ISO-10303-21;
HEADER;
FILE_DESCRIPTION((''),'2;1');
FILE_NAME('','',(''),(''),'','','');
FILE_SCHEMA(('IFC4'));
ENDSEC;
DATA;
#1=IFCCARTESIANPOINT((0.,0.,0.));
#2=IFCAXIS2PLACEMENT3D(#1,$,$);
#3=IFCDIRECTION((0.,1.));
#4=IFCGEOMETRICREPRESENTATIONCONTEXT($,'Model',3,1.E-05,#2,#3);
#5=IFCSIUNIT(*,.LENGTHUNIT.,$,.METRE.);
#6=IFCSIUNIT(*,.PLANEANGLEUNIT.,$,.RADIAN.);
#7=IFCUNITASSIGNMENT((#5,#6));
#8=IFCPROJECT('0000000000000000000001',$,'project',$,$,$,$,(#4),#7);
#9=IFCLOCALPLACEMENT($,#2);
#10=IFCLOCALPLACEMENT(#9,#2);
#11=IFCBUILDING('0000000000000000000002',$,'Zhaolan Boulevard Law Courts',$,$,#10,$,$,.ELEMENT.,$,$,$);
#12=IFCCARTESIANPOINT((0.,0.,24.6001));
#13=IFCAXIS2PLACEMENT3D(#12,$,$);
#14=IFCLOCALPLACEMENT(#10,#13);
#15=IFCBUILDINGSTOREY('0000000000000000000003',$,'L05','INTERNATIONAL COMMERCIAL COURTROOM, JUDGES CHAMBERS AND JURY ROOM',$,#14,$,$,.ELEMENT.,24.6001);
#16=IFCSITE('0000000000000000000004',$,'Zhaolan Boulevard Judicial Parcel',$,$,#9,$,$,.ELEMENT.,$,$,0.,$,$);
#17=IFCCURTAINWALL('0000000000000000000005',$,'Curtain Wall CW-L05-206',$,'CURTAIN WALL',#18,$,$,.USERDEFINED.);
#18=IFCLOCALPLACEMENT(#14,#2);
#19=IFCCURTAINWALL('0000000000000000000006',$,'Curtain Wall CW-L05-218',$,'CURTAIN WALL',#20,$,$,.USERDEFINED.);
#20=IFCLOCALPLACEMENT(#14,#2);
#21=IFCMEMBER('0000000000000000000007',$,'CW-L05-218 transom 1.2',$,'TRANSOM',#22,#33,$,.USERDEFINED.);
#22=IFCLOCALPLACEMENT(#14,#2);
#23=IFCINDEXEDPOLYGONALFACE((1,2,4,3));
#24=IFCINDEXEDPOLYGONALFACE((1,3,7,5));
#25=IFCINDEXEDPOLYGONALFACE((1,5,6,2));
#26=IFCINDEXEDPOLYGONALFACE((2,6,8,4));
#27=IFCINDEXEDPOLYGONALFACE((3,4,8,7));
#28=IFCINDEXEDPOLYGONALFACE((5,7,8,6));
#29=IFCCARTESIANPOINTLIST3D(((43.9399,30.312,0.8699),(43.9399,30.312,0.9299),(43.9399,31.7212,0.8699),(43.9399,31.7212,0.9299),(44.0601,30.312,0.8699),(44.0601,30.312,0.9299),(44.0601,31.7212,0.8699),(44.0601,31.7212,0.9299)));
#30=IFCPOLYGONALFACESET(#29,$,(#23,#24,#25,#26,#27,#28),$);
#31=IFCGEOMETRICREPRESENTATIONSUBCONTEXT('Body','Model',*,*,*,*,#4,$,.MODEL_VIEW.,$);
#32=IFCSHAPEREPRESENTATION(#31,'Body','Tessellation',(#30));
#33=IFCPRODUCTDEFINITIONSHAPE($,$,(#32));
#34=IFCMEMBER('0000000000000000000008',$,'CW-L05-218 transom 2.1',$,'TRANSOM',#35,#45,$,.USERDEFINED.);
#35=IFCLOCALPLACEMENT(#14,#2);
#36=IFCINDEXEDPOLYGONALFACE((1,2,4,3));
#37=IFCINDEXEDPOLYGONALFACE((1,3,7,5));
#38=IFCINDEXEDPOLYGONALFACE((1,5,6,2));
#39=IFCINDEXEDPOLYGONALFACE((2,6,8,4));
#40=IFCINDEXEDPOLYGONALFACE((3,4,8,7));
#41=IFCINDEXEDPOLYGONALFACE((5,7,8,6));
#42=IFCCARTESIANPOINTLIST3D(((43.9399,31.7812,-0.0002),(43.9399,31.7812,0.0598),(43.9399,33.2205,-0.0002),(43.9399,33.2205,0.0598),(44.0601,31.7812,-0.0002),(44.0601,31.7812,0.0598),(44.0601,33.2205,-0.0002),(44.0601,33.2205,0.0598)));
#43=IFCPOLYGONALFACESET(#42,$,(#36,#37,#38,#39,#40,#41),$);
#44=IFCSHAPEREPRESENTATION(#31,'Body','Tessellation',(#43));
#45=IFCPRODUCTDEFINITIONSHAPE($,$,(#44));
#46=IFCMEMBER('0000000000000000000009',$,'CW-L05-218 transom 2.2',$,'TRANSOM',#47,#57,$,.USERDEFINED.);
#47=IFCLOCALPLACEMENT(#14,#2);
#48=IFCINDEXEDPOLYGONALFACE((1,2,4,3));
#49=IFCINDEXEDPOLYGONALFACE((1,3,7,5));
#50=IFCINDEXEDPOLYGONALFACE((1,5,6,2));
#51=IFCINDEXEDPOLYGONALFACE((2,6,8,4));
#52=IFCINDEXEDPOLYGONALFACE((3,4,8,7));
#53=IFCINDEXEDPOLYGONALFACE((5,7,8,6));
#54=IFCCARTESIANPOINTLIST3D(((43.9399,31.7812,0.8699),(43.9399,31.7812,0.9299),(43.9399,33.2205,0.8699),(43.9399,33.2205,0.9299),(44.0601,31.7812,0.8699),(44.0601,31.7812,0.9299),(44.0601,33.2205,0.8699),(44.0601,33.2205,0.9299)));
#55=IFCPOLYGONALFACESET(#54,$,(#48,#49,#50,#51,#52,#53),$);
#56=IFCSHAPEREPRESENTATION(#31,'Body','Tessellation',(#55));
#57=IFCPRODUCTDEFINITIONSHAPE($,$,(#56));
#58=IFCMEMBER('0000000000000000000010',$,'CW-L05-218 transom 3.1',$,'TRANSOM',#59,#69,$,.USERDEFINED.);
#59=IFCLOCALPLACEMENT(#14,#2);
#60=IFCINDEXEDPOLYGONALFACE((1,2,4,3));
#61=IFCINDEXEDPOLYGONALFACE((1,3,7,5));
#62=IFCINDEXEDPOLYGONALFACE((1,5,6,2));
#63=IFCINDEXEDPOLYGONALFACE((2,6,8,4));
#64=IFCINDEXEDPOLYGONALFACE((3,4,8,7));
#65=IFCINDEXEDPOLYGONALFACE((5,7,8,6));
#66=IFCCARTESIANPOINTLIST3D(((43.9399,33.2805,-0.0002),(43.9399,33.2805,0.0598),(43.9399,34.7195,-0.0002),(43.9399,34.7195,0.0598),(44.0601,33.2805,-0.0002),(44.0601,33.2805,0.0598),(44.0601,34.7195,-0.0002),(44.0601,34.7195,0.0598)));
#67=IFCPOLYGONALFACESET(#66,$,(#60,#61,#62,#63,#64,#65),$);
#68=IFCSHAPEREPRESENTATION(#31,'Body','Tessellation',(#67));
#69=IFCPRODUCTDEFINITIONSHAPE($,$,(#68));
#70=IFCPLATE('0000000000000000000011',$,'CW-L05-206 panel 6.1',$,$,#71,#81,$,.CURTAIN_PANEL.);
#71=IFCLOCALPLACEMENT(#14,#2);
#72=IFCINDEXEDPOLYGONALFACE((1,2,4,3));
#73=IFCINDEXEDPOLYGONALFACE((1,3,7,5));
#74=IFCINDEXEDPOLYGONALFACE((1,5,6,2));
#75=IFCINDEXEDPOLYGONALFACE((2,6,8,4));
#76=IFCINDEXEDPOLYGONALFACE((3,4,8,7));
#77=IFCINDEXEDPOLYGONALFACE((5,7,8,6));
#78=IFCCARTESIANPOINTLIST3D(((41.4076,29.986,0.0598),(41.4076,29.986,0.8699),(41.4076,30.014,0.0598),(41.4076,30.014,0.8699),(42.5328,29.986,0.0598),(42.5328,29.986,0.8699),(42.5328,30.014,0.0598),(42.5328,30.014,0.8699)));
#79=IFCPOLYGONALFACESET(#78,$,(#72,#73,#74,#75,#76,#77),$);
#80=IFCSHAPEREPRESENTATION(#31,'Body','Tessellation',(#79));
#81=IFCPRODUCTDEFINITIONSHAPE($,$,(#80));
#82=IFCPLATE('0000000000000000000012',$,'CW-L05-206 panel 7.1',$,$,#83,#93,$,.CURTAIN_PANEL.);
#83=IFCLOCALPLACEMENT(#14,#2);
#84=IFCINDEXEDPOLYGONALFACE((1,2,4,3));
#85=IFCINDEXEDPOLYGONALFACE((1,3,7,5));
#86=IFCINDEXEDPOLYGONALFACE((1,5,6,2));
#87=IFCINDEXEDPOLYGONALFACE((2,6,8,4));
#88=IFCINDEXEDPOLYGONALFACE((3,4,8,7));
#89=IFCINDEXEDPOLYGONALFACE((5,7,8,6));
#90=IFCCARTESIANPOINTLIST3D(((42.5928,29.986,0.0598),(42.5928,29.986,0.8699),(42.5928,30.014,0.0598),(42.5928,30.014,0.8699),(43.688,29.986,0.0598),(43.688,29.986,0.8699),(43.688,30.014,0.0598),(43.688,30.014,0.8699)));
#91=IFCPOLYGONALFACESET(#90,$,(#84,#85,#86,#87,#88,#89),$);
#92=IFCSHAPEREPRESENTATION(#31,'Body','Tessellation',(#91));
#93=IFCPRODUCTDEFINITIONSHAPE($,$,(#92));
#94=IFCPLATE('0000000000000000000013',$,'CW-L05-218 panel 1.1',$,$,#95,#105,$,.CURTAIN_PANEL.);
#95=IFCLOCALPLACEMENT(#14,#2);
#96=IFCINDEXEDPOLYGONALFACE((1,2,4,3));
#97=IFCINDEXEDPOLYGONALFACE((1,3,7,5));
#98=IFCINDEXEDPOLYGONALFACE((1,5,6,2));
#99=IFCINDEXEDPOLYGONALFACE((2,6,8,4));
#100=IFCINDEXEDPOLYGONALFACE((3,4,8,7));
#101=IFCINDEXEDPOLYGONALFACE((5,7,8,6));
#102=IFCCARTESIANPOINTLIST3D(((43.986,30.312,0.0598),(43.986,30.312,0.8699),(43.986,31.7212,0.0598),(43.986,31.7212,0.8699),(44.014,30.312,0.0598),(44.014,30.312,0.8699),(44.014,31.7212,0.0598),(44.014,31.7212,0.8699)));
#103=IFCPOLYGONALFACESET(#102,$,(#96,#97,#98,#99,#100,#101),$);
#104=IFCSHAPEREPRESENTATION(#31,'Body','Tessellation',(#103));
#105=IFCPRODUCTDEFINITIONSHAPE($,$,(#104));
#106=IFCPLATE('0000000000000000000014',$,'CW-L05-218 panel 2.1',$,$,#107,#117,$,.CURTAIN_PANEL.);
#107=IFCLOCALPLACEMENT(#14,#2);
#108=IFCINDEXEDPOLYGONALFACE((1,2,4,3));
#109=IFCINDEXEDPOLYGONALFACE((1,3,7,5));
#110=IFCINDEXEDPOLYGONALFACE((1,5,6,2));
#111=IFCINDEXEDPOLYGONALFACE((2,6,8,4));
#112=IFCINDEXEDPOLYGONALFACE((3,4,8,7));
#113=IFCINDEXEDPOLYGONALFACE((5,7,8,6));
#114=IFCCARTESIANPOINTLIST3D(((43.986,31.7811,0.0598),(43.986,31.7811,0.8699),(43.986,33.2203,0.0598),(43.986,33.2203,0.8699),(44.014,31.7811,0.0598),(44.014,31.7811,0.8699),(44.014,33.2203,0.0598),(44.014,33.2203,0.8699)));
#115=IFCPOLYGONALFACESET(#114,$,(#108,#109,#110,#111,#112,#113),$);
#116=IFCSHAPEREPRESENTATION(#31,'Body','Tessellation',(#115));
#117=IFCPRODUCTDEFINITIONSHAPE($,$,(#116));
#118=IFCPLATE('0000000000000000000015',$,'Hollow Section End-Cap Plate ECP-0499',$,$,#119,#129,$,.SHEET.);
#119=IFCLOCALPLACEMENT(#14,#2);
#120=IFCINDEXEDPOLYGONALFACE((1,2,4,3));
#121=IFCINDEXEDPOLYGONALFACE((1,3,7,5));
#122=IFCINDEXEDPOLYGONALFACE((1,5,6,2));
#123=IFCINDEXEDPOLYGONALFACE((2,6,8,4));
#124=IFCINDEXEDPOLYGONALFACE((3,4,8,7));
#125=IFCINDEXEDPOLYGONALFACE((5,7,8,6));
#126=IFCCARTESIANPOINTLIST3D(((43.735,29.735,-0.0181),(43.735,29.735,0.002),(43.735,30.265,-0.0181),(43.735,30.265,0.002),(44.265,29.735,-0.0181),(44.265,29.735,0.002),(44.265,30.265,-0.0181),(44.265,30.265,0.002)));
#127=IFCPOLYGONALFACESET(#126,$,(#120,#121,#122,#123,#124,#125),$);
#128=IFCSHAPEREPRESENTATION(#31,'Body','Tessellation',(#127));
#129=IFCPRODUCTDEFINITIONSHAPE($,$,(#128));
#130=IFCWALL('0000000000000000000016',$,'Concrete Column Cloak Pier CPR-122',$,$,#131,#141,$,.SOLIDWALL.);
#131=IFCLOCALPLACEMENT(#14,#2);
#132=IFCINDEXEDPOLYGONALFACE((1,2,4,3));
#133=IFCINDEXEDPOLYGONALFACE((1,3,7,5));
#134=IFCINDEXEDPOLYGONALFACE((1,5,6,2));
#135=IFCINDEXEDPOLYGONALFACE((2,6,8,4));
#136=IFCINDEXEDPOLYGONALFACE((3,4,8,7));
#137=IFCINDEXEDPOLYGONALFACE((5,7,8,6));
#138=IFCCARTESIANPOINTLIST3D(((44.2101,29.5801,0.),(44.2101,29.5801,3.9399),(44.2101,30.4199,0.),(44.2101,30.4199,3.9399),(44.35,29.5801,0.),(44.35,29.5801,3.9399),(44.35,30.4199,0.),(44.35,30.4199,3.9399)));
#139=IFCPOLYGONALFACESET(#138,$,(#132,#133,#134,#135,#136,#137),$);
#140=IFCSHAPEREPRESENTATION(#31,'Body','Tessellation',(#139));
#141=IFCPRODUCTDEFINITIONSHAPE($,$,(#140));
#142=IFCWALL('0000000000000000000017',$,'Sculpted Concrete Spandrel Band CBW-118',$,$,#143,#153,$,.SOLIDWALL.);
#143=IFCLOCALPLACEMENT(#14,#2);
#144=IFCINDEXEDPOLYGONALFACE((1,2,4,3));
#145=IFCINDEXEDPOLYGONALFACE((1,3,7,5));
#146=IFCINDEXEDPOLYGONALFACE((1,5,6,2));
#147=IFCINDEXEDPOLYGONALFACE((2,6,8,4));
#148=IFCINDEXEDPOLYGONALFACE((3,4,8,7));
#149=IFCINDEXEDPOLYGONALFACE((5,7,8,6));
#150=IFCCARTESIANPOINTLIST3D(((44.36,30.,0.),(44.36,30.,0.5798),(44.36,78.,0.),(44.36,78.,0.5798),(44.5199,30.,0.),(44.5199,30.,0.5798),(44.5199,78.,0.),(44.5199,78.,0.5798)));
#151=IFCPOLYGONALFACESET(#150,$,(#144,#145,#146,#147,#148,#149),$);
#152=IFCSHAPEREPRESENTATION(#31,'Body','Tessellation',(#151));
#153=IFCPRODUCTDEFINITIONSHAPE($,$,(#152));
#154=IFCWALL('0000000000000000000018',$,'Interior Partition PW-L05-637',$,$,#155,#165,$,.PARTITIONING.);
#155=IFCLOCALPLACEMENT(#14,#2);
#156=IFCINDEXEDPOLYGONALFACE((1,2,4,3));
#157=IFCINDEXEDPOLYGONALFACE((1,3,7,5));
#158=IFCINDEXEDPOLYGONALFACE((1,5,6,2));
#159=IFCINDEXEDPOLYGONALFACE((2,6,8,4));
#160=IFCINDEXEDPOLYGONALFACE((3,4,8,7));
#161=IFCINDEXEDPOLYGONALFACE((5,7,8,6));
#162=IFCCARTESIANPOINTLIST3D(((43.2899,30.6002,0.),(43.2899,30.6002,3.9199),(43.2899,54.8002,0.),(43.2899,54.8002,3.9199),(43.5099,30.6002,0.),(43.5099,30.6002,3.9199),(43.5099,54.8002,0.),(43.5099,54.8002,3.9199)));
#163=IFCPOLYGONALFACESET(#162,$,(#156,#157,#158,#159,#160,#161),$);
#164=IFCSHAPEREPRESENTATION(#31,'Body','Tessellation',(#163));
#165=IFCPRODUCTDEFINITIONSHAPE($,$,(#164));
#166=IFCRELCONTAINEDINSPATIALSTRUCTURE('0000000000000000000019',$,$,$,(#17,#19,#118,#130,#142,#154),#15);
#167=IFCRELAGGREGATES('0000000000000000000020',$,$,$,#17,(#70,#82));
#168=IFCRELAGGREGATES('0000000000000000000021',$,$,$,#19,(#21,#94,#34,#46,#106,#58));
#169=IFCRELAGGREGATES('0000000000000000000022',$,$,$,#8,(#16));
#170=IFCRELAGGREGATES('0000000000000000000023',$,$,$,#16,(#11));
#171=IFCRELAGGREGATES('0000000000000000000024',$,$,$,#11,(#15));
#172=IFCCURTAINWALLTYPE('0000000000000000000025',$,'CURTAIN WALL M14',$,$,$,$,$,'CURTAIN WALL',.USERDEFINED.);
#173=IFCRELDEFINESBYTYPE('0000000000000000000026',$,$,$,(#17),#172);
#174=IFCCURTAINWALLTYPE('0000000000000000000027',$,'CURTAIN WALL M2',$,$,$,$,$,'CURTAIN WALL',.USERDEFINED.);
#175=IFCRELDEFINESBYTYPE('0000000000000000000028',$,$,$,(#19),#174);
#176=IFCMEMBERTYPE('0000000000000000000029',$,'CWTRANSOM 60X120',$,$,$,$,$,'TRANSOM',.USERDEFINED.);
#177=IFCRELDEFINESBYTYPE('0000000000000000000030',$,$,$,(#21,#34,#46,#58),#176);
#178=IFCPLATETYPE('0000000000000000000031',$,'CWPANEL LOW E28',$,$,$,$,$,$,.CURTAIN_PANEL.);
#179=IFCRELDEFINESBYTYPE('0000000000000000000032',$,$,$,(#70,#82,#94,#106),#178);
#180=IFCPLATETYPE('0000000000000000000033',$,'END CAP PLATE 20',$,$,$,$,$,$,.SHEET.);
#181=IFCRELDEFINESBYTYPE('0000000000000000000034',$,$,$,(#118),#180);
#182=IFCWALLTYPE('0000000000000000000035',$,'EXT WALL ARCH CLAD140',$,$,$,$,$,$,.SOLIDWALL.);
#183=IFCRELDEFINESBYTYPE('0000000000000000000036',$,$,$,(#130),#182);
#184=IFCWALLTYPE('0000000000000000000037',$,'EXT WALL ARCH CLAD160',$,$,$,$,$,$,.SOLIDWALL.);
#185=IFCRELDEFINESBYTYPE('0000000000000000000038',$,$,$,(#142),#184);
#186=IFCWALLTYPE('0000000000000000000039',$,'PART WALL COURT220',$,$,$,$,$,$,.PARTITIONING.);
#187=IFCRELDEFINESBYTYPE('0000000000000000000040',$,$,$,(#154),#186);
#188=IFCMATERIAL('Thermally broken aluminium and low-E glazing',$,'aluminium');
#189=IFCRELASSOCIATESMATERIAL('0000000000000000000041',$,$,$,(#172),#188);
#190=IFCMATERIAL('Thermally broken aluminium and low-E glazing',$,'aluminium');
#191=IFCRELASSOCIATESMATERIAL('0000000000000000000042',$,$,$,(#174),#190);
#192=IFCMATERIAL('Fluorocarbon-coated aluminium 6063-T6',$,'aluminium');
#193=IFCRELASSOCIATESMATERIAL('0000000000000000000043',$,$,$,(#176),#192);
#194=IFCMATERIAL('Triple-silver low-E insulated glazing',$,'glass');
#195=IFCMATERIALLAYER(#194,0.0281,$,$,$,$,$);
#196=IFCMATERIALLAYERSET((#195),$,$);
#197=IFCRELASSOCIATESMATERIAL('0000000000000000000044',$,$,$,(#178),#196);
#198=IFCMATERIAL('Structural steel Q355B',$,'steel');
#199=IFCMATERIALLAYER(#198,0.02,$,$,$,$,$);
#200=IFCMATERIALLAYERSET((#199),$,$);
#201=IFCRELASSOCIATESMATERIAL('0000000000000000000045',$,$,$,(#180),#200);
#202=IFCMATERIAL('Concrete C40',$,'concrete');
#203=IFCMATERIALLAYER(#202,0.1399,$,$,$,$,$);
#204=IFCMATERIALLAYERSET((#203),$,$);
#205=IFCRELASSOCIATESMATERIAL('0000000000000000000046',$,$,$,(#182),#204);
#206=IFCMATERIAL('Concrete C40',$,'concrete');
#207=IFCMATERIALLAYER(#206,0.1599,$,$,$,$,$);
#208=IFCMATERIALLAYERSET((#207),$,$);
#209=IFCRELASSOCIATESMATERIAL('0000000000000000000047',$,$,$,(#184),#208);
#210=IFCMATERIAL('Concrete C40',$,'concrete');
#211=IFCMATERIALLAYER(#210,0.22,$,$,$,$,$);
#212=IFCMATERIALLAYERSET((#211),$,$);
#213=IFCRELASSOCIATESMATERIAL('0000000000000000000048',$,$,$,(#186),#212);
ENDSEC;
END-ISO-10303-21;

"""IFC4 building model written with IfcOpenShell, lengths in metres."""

from ifc_helpers import new_model, si_unit, direction, frame, frame_2d, origin, origin_2d, place, context, subcontext, project, spatial, rectangle, extrude, material, layer, layer_set, material_profile, profile_set, type_object, element, aggregate, save


model = new_model("IFC4")

# Units and contexts
model_context = context("Model", 3, precision=1e-05, world=origin(), true_north=direction((0.0, 1.0)))
body_context = subcontext(model_context, "Body", "Model", "MODEL_VIEW")
ifc_project = project(units=[si_unit("LENGTHUNIT", "METRE"), si_unit("PLANEANGLEUNIT", "RADIAN")], contexts=[model_context])

# Site, building, storey
site_placement = place(None, origin())
site = spatial("IfcSite", under=ifc_project, at=site_placement, Name="Zhaolan Boulevard Judicial Parcel", CompositionType="ELEMENT", RefElevation=0.0)
building_placement = place(site_placement, origin())
building = spatial("IfcBuilding", under=site, at=building_placement, Name="Zhaolan Boulevard Law Courts", CompositionType="ELEMENT")
storey_placement = place(building_placement, frame((0.0, 0.0, 24.6001)))
storey = spatial("IfcBuildingStorey", under=building, at=storey_placement, Name="L05", Description="INTERNATIONAL COMMERCIAL COURTROOM, JUDGES CHAMBERS AND JURY ROOM", CompositionType="ELEMENT", Elevation=24.6001)

# Curtain walls
ifc_material_1 = material(Name="Thermally broken aluminium and low-E glazing", Category="aluminium")
curtain_wall_type_1 = type_object("IfcCurtainWallType", Name="CURTAIN WALL M14", ElementType="CURTAIN WALL", PredefinedType="USERDEFINED", material=ifc_material_1)
curtain_wall_1_placement = place(storey_placement, origin())
curtain_wall_1 = element("IfcCurtainWall", 1, at=curtain_wall_1_placement, inside=storey, type_object=curtain_wall_type_1, Name="Curtain Wall CW-L05-206", ObjectType="CURTAIN WALL", PredefinedType="USERDEFINED")
ifc_material_2 = material(Name="Thermally broken aluminium and low-E glazing", Category="aluminium")
curtain_wall_type_2 = type_object("IfcCurtainWallType", Name="CURTAIN WALL M2", ElementType="CURTAIN WALL", PredefinedType="USERDEFINED", material=ifc_material_2)
curtain_wall_2_placement = place(storey_placement, origin())
curtain_wall_2 = element("IfcCurtainWall", 2, at=curtain_wall_2_placement, inside=storey, type_object=curtain_wall_type_2, Name="Curtain Wall CW-L05-218", ObjectType="CURTAIN WALL", PredefinedType="USERDEFINED")

# Members
ifc_material_3 = material(Name="Fluorocarbon-coated aluminium 6063-T6", Category="aluminium")
ifc_material_profile_1 = material_profile(ifc_material_3, rectangle(XDim=0.1201, YDim=0.0601, at=origin_2d()), Name="AL60x120")
ifc_profile_set_1 = profile_set([ifc_material_profile_1], Name="Fluorocarbon-coated aluminium 6063-T6")
member_type_1 = type_object("IfcMemberType", Name="CWTRANSOM 60X120", ElementType="TRANSOM", PredefinedType="USERDEFINED", material=ifc_profile_set_1)
member_1_placement = place(storey_placement, frame((44.0, 30.312, 0.8999), z_axis=(0.0, 1.0, 0.0), x_axis=(-1.0, 0.0, 0.0)))
member_1 = element("IfcMember", 3, at=member_1_placement, type_object=member_type_1, Name="CW-L05-218 transom 1.2", ObjectType="TRANSOM", PredefinedType="USERDEFINED", context=body_context, shape_type="SweptSolid", body=[
    extrude(rectangle(XDim=0.1201, YDim=0.0601, at=origin_2d()), origin(), (0.0, 0.0, 1.0), 1.4092),
])
member_2_placement = place(storey_placement, frame((44.0, 31.7812, 0.0298), z_axis=(0.0, 1.0, 0.0), x_axis=(-1.0, 0.0, 0.0)))
member_2 = element("IfcMember", 4, at=member_2_placement, type_object=member_type_1, Name="CW-L05-218 transom 2.1", ObjectType="TRANSOM", PredefinedType="USERDEFINED", context=body_context, shape_type="SweptSolid", body=[
    extrude(rectangle(XDim=0.1201, YDim=0.0601, at=origin_2d()), origin(), (0.0, 0.0, 1.0), 1.4392),
])
member_3_placement = place(storey_placement, frame((44.0, 31.7812, 0.8999), z_axis=(0.0, 1.0, 0.0), x_axis=(-1.0, 0.0, 0.0)))
member_3 = element("IfcMember", 5, at=member_3_placement, type_object=member_type_1, Name="CW-L05-218 transom 2.2", ObjectType="TRANSOM", PredefinedType="USERDEFINED", context=body_context, shape_type="SweptSolid", body=[
    extrude(rectangle(XDim=0.1201, YDim=0.0601, at=origin_2d()), origin(), (0.0, 0.0, 1.0), 1.4392),
])
member_4_placement = place(storey_placement, frame((44.0, 33.2805, 0.0298), z_axis=(0.0, 1.0, 0.0), x_axis=(-1.0, 0.0, 0.0)))
member_4 = element("IfcMember", 6, at=member_4_placement, type_object=member_type_1, Name="CW-L05-218 transom 3.1", ObjectType="TRANSOM", PredefinedType="USERDEFINED", context=body_context, shape_type="SweptSolid", body=[
    extrude(rectangle(XDim=0.1201, YDim=0.0601, at=origin_2d()), origin(), (0.0, 0.0, 1.0), 1.439),
])

# Plates
ifc_material_4 = material(Name="Triple-silver low-E insulated glazing", Category="glass")
ifc_layer_1 = layer(ifc_material_4, 0.0281)
ifc_layer_set_1 = layer_set([ifc_layer_1])
plate_type_1 = type_object("IfcPlateType", Name="CWPANEL LOW E28", PredefinedType="CURTAIN_PANEL", material=ifc_layer_set_1)
plate_1_placement = place(storey_placement, frame((41.9702, 30.0, 0.0598), z_axis=(0.0, 0.0, 1.0), x_axis=(1.0, 0.0, 0.0)))
plate_1 = element("IfcPlate", 7, at=plate_1_placement, type_object=plate_type_1, Name="CW-L05-206 panel 6.1", PredefinedType="CURTAIN_PANEL", context=body_context, shape_type="SweptSolid", body=[
    extrude(rectangle(XDim=1.1252, YDim=0.0281, at=origin_2d()), origin(), (0.0, 0.0, 1.0), 0.8101),
])
plate_2_placement = place(storey_placement, frame((43.1404, 30.0, 0.0598), z_axis=(0.0, 0.0, 1.0), x_axis=(1.0, 0.0, 0.0)))
plate_2 = element("IfcPlate", 8, at=plate_2_placement, type_object=plate_type_1, Name="CW-L05-206 panel 7.1", PredefinedType="CURTAIN_PANEL", context=body_context, shape_type="SweptSolid", body=[
    extrude(rectangle(XDim=1.0952, YDim=0.0281, at=origin_2d()), origin(), (0.0, 0.0, 1.0), 0.8101),
])
aggregate(curtain_wall_1, [plate_1, plate_2])
plate_3_placement = place(storey_placement, frame((44.0, 31.0166, 0.0598), z_axis=(0.0, 0.0, 1.0), x_axis=(0.0, 1.0, 0.0)))
plate_3 = element("IfcPlate", 9, at=plate_3_placement, type_object=plate_type_1, Name="CW-L05-218 panel 1.1", PredefinedType="CURTAIN_PANEL", context=body_context, shape_type="SweptSolid", body=[
    extrude(rectangle(XDim=1.4092, YDim=0.0281, at=origin_2d()), origin(), (0.0, 0.0, 1.0), 0.8101),
])
plate_4_placement = place(storey_placement, frame((44.0, 32.5007, 0.0598), z_axis=(0.0, 0.0, 1.0), x_axis=(0.0, 1.0, 0.0)))
plate_4 = element("IfcPlate", 10, at=plate_4_placement, type_object=plate_type_1, Name="CW-L05-218 panel 2.1", PredefinedType="CURTAIN_PANEL", context=body_context, shape_type="SweptSolid", body=[
    extrude(rectangle(XDim=1.4392, YDim=0.0281, at=origin_2d()), origin(), (0.0, 0.0, 1.0), 0.8101),
])
aggregate(curtain_wall_2, [member_1, plate_3, member_2, member_3, plate_4, member_4])
ifc_material_5 = material(Name="Structural steel Q355B", Category="steel")
ifc_layer_2 = layer(ifc_material_5, 0.02)
ifc_layer_set_2 = layer_set([ifc_layer_2])
plate_type_2 = type_object("IfcPlateType", Name="END CAP PLATE 20", PredefinedType="SHEET", material=ifc_layer_set_2)
plate_5_placement = place(storey_placement, frame((44.0, 30.0, -0.0181), z_axis=(0.0, 0.0, 1.0), x_axis=(1.0, 0.0, 0.0)))
element("IfcPlate", 11, at=plate_5_placement, inside=storey, type_object=plate_type_2, Name="Hollow Section End-Cap Plate ECP-0499", PredefinedType="SHEET", context=body_context, shape_type="SweptSolid", body=[
    extrude(rectangle(XDim=0.53, YDim=0.53, at=origin_2d()), origin(), (0.0, 0.0, 1.0), 0.02),
])

# Walls
ifc_material_6 = material(Name="Concrete C40", Category="concrete")
ifc_layer_3 = layer(ifc_material_6, 0.1399)
ifc_layer_set_3 = layer_set([ifc_layer_3])
wall_type_1 = type_object("IfcWallType", Name="EXT WALL ARCH CLAD140", PredefinedType="SOLIDWALL", material=ifc_layer_set_3)
wall_1_placement = place(storey_placement, frame((44.28, 29.5801, 0.0), z_axis=(0.0, 0.0, 1.0), x_axis=(0.0, 1.0, 0.0)))
element("IfcWall", 12, at=wall_1_placement, inside=storey, type_object=wall_type_1, Name="Concrete Column Cloak Pier CPR-122", PredefinedType="SOLIDWALL", context=body_context, shape_type="SweptSolid", body=[
    extrude(rectangle(XDim=0.8398, YDim=0.1399, at=frame_2d((0.4199, 0.0))), origin(), (0.0, 0.0, 1.0), 3.9399),
])
ifc_material_7 = material(Name="Concrete C40", Category="concrete")
ifc_layer_4 = layer(ifc_material_7, 0.1599)
ifc_layer_set_4 = layer_set([ifc_layer_4])
wall_type_2 = type_object("IfcWallType", Name="EXT WALL ARCH CLAD160", PredefinedType="SOLIDWALL", material=ifc_layer_set_4)
wall_2_placement = place(storey_placement, frame((44.4399, 30.0, 0.0), z_axis=(0.0, 0.0, 1.0), x_axis=(0.0, 1.0, 0.0)))
element("IfcWall", 13, at=wall_2_placement, inside=storey, type_object=wall_type_2, Name="Sculpted Concrete Spandrel Band CBW-118", PredefinedType="SOLIDWALL", context=body_context, shape_type="SweptSolid", body=[
    extrude(rectangle(XDim=48.0, YDim=0.1599, at=frame_2d((24.0, 0.0))), origin(), (0.0, 0.0, 1.0), 0.5798),
])
ifc_material_8 = material(Name="Concrete C40", Category="concrete")
ifc_layer_5 = layer(ifc_material_8, 0.22)
ifc_layer_set_5 = layer_set([ifc_layer_5])
wall_type_3 = type_object("IfcWallType", Name="PART WALL COURT220", PredefinedType="PARTITIONING", material=ifc_layer_set_5)
wall_3_placement = place(storey_placement, frame((43.3999, 30.6001, 0.0), z_axis=(0.0, 0.0, 1.0), x_axis=(0.0, 1.0, 0.0)))
element("IfcWall", 14, at=wall_3_placement, inside=storey, type_object=wall_type_3, Name="Interior Partition PW-L05-637", PredefinedType="PARTITIONING", context=body_context, shape_type="SweptSolid", body=[
    extrude(rectangle(XDim=24.2, YDim=0.22, at=frame_2d((12.1001, 0.0))), origin(), (0.0, 0.0, 1.0), 3.9199),
])

save(model, "model.ifc")
